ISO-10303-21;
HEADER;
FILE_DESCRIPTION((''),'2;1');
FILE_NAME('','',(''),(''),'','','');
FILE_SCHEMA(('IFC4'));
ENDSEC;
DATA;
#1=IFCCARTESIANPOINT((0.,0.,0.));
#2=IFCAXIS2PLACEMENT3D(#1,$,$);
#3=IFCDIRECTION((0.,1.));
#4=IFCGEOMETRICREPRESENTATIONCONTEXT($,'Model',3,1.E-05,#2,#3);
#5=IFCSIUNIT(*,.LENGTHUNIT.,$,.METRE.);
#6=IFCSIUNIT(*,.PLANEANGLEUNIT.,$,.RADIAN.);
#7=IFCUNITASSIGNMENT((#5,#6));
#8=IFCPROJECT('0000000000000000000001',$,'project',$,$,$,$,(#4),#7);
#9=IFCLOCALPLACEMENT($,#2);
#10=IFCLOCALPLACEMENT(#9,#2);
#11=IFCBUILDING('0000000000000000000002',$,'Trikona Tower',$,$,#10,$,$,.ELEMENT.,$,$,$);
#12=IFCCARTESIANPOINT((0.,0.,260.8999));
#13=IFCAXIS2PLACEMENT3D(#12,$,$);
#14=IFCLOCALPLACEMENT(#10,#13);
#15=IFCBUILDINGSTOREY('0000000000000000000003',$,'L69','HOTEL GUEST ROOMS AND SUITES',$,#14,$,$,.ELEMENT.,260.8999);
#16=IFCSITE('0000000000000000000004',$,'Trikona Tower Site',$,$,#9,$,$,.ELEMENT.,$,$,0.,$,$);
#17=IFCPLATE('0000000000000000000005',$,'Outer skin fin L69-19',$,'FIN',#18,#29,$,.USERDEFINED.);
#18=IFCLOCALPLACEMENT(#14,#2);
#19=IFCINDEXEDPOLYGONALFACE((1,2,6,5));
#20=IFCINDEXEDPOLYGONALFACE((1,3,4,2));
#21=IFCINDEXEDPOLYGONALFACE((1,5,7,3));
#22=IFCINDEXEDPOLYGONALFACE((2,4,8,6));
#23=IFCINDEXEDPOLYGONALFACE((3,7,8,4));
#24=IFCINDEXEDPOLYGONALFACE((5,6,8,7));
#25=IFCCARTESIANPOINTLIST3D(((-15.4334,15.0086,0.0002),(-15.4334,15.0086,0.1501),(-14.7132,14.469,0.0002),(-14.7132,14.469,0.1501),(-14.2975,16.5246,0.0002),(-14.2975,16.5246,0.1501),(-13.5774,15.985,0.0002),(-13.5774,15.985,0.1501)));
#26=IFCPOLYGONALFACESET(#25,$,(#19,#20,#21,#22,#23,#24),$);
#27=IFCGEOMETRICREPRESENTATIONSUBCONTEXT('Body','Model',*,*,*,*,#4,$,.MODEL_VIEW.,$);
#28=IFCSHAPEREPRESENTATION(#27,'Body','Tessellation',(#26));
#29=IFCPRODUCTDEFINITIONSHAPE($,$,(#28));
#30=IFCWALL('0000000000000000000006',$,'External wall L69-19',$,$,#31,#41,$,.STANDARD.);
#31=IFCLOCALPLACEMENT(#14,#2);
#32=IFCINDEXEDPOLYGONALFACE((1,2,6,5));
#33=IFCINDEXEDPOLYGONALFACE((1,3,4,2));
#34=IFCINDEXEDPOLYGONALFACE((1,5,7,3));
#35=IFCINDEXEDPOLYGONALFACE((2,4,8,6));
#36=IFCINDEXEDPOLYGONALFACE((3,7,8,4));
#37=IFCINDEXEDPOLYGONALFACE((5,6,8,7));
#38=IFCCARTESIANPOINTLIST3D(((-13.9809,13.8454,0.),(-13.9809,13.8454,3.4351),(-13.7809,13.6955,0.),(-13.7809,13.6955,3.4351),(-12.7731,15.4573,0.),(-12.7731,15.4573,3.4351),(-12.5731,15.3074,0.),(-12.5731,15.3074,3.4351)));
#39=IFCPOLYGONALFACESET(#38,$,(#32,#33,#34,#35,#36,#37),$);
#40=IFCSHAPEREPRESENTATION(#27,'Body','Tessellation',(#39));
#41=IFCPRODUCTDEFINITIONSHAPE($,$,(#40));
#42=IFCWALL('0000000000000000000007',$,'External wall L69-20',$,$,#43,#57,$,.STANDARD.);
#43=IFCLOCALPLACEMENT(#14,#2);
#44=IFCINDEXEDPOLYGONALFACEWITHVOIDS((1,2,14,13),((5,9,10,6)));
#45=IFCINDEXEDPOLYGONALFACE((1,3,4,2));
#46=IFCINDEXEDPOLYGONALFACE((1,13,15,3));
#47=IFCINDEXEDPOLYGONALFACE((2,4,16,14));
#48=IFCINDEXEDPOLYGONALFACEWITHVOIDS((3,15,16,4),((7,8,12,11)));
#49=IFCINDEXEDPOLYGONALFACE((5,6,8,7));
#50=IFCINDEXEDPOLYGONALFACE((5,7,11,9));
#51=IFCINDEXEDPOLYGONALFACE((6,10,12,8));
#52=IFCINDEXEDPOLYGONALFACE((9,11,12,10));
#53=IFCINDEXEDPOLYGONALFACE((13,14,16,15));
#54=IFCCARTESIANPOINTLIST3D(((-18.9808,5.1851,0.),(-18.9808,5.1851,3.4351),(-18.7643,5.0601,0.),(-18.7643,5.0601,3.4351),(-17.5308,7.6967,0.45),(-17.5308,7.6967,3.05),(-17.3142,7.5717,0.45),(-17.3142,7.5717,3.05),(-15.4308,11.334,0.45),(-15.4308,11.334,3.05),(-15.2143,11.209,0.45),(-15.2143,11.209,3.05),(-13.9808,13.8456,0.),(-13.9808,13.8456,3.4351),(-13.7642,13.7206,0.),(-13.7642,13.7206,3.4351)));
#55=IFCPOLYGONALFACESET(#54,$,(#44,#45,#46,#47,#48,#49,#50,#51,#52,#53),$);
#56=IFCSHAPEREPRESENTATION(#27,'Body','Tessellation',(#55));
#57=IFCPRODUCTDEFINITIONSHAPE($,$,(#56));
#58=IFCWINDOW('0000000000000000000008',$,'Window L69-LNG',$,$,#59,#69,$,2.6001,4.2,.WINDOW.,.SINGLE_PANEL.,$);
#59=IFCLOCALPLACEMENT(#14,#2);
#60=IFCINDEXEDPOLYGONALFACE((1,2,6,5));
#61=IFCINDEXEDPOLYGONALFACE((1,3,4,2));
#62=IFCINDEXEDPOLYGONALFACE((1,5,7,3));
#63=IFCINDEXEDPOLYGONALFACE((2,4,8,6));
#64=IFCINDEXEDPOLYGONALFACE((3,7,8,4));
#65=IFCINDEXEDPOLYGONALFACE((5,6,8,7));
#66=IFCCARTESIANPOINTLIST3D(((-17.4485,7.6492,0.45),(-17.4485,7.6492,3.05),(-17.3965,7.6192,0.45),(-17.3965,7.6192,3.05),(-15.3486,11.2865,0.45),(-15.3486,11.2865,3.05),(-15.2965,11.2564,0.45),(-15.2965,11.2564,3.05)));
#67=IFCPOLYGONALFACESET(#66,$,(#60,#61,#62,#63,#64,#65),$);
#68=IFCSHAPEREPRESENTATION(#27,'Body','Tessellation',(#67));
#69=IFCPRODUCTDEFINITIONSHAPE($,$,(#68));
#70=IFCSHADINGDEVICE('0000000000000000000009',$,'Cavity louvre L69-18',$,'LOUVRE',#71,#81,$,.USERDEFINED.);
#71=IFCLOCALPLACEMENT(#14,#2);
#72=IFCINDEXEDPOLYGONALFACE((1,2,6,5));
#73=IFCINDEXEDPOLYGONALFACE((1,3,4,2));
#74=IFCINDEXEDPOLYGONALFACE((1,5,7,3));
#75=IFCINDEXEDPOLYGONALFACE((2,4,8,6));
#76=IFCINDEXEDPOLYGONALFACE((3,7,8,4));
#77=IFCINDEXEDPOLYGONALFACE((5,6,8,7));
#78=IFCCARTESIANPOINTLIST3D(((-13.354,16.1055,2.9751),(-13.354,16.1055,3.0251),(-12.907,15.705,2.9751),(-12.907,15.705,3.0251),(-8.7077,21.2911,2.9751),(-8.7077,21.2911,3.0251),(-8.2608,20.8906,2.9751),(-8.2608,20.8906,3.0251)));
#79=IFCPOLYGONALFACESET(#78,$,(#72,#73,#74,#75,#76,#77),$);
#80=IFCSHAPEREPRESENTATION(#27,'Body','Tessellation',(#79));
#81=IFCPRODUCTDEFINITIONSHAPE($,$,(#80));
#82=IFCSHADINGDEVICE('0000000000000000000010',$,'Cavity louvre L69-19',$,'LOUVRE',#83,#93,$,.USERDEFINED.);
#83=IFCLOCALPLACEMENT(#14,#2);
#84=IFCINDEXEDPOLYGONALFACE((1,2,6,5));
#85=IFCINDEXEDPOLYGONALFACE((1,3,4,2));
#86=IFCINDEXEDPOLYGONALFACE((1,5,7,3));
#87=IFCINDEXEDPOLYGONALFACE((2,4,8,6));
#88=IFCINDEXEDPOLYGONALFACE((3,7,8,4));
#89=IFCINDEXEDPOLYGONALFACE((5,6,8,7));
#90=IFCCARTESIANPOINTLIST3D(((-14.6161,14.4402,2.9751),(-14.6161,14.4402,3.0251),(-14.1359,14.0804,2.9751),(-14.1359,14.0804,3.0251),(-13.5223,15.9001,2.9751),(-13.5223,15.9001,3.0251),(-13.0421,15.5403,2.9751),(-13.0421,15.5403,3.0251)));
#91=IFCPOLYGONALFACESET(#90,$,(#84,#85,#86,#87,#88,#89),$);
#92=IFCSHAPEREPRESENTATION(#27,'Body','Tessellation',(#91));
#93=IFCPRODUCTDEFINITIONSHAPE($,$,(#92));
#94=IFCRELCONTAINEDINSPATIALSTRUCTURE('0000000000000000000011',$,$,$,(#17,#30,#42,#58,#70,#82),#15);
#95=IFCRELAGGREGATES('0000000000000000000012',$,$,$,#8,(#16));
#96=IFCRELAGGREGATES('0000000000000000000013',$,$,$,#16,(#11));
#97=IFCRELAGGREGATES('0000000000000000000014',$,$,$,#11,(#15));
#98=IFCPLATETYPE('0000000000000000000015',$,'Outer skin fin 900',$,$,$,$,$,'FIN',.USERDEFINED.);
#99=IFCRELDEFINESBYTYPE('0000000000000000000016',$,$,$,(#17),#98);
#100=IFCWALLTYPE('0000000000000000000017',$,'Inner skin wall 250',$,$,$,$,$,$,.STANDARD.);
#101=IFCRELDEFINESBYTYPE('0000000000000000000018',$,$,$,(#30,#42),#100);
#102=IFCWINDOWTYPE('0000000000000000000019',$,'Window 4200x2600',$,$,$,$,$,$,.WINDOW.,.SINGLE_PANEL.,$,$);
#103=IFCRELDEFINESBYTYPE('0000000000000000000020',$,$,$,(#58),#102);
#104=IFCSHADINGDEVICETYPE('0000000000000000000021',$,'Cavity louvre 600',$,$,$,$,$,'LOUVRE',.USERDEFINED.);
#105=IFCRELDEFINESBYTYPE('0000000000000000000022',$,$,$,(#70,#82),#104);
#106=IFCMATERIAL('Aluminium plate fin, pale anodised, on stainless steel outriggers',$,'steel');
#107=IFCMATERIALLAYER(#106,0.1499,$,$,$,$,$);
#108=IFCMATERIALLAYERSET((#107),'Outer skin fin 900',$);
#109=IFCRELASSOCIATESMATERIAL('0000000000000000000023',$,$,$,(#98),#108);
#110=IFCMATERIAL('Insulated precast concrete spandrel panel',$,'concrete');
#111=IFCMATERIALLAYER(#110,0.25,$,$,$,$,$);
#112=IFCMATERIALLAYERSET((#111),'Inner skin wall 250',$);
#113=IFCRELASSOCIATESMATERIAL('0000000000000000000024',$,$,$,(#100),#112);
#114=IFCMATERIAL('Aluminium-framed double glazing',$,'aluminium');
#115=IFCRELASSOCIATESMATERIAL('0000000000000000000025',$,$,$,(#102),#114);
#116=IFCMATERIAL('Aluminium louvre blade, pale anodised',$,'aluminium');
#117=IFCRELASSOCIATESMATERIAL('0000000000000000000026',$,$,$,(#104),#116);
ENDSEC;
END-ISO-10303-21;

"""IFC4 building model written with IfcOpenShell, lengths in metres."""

from ifc_helpers import new_model, si_unit, direction, frame, frame_2d, origin, origin_2d, place, context, subcontext, project, spatial, rectangle, extrude, material, layer, layer_set, type_object, element, fill, save


model = new_model("IFC4")

# Units and contexts
model_context = context("Model", 3, precision=1e-05, world=origin(), true_north=direction((0.0, 1.0)))
body_context = subcontext(model_context, "Body", "Model", "MODEL_VIEW")
ifc_project = project(units=[si_unit("LENGTHUNIT", "METRE"), si_unit("PLANEANGLEUNIT", "RADIAN")], contexts=[model_context])

# Site, building, storey
site_placement = place(None, origin())
site = spatial("IfcSite", under=ifc_project, at=site_placement, Name="Trikona Tower Site", CompositionType="ELEMENT", RefElevation=0.0)
building_placement = place(site_placement, origin())
building = spatial("IfcBuilding", under=site, at=building_placement, Name="Trikona Tower", CompositionType="ELEMENT")
storey_placement = place(building_placement, frame((0.0, 0.0, 260.8999)))
storey = spatial("IfcBuildingStorey", under=building, at=storey_placement, Name="L69", Description="HOTEL GUEST ROOMS AND SUITES", CompositionType="ELEMENT", Elevation=260.8999)

# Plate
ifc_material_1 = material(Name="Aluminium plate fin, pale anodised, on stainless steel outriggers", Category="steel")
ifc_layer_1 = layer(ifc_material_1, 0.1499)
ifc_layer_set_1 = layer_set([ifc_layer_1], Name="Outer skin fin 900")
plate_type_1 = type_object("IfcPlateType", Name="Outer skin fin 900", ElementType="FIN", PredefinedType="USERDEFINED", material=ifc_layer_set_1)
plate_1_placement = place(storey_placement, frame((-14.5054, 15.4968, 0.0002), z_axis=(0.0, 0.0, 1.0), x_axis=(-0.599619, -0.800286, 0.0)))
element("IfcPlate", 1, at=plate_1_placement, inside=storey, type_object=plate_type_1, Name="Outer skin fin L69-19", ObjectType="FIN", PredefinedType="USERDEFINED", context=body_context, shape_type="SweptSolid", body=[
    extrude(rectangle(XDim=1.8943, YDim=0.8999, at=origin_2d()), origin(), (0.0, 0.0, 1.0), 0.1499),
])

# Wall
ifc_material_2 = material(Name="Insulated precast concrete spandrel panel", Category="concrete")
ifc_layer_2 = layer(ifc_material_2, 0.25)
ifc_layer_set_2 = layer_set([ifc_layer_2], Name="Inner skin wall 250")
wall_type = type_object("IfcWallType", Name="Inner skin wall 250", PredefinedType="STANDARD", material=ifc_layer_set_2)
wall_1_placement = place(storey_placement, frame((-12.6731, 15.3823, 0.0), z_axis=(0.0, 0.0, 1.0), x_axis=(-0.599651, -0.800262, 0.0)))
element("IfcWall", 2, at=wall_1_placement, inside=storey, type_object=wall_type, Name="External wall L69-19", PredefinedType="STANDARD", context=body_context, shape_type="SweptSolid", body=[
    extrude(rectangle(XDim=2.0142, YDim=0.25, at=frame_2d((1.0071, 0.0))), origin(), (0.0, 0.0, 1.0), 3.4351),
])

# Wall, opening, window
wall_2_placement = place(storey_placement, frame((-13.8726, 13.783, 0.0), z_axis=(0.0, 0.0, 1.0), x_axis=(-0.499994, -0.866029, 0.0)))
wall_2 = element("IfcWall", 3, at=wall_2_placement, inside=storey, type_object=wall_type, Name="External wall L69-20", PredefinedType="STANDARD", context=body_context, shape_type="SweptSolid", body=[
    extrude(rectangle(XDim=10.0002, YDim=0.25, at=frame_2d((5.0, 0.0))), origin(), (0.0, 0.0, 1.0), 3.4351),
])
opening_placement = place(wall_2_placement, frame((2.8999, 0.0, 0.45)))
opening = element("IfcOpeningElement", 4, at=opening_placement, cuts=wall_2, PredefinedType="OPENING", context=body_context, shape_type="SweptSolid", body=[
    extrude(rectangle(XDim=4.2, YDim=2.6001, at=frame_2d((2.1001, 1.3))), frame((0.0, 0.135, 0.0), z_axis=(0.0, -1.0, 0.0), x_axis=(1.0, 0.0, 0.0)), (0.0, 0.0, 1.0), 0.27),
])
ifc_material_3 = material(Name="Aluminium-framed double glazing", Category="aluminium")
window_type = type_object("IfcWindowType", Name="Window 4200x2600", PartitioningType="SINGLE_PANEL", PredefinedType="WINDOW", material=ifc_material_3)
window_placement = place(opening_placement, origin())
window = element("IfcWindow", 5, at=window_placement, inside=storey, type_object=window_type, Name="Window L69-LNG", OverallHeight=2.6001, OverallWidth=4.2, PartitioningType="SINGLE_PANEL", PredefinedType="WINDOW", context=body_context, shape_type="SweptSolid", body=[
    extrude(rectangle(XDim=4.2, YDim=2.6001, at=frame_2d((2.1001, 1.3))), frame((0.0, 0.03, 0.0), z_axis=(0.0, -1.0, 0.0), x_axis=(1.0, 0.0, 0.0)), (0.0, 0.0, 1.0), 0.0601),
])
fill(opening, window)

# Shading devices
ifc_material_4 = material(Name="Aluminium louvre blade, pale anodised", Category="aluminium")
shading_device_type = type_object("IfcShadingDeviceType", Name="Cavity louvre 600", ElementType="LOUVRE", PredefinedType="USERDEFINED", material=ifc_material_4)
shading_device_1_placement = place(storey_placement, frame((-10.8074, 18.498, 2.9751), z_axis=(0.0, 0.0, 1.0), x_axis=(-0.667311, -0.744779, 0.0)))
element("IfcShadingDevice", 6, at=shading_device_1_placement, inside=storey, type_object=shading_device_type, Name="Cavity louvre L69-18", ObjectType="LOUVRE", PredefinedType="USERDEFINED", context=body_context, shape_type="SweptSolid", body=[
    extrude(rectangle(XDim=6.9626, YDim=0.6001, at=origin_2d()), origin(), (0.0, 0.0, 1.0), 0.05),
])
shading_device_2_placement = place(storey_placement, frame((-13.8291, 14.9902, 2.9751), z_axis=(0.0, 0.0, 1.0), x_axis=(-0.599619, -0.800286, 0.0)))
element("IfcShadingDevice", 7, at=shading_device_2_placement, inside=storey, type_object=shading_device_type, Name="Cavity louvre L69-19", ObjectType="LOUVRE", PredefinedType="USERDEFINED", context=body_context, shape_type="SweptSolid", body=[
    extrude(rectangle(XDim=1.8242, YDim=0.6001, at=origin_2d()), origin(), (0.0, 0.0, 1.0), 0.05),
])

save(model, "model.ifc")
